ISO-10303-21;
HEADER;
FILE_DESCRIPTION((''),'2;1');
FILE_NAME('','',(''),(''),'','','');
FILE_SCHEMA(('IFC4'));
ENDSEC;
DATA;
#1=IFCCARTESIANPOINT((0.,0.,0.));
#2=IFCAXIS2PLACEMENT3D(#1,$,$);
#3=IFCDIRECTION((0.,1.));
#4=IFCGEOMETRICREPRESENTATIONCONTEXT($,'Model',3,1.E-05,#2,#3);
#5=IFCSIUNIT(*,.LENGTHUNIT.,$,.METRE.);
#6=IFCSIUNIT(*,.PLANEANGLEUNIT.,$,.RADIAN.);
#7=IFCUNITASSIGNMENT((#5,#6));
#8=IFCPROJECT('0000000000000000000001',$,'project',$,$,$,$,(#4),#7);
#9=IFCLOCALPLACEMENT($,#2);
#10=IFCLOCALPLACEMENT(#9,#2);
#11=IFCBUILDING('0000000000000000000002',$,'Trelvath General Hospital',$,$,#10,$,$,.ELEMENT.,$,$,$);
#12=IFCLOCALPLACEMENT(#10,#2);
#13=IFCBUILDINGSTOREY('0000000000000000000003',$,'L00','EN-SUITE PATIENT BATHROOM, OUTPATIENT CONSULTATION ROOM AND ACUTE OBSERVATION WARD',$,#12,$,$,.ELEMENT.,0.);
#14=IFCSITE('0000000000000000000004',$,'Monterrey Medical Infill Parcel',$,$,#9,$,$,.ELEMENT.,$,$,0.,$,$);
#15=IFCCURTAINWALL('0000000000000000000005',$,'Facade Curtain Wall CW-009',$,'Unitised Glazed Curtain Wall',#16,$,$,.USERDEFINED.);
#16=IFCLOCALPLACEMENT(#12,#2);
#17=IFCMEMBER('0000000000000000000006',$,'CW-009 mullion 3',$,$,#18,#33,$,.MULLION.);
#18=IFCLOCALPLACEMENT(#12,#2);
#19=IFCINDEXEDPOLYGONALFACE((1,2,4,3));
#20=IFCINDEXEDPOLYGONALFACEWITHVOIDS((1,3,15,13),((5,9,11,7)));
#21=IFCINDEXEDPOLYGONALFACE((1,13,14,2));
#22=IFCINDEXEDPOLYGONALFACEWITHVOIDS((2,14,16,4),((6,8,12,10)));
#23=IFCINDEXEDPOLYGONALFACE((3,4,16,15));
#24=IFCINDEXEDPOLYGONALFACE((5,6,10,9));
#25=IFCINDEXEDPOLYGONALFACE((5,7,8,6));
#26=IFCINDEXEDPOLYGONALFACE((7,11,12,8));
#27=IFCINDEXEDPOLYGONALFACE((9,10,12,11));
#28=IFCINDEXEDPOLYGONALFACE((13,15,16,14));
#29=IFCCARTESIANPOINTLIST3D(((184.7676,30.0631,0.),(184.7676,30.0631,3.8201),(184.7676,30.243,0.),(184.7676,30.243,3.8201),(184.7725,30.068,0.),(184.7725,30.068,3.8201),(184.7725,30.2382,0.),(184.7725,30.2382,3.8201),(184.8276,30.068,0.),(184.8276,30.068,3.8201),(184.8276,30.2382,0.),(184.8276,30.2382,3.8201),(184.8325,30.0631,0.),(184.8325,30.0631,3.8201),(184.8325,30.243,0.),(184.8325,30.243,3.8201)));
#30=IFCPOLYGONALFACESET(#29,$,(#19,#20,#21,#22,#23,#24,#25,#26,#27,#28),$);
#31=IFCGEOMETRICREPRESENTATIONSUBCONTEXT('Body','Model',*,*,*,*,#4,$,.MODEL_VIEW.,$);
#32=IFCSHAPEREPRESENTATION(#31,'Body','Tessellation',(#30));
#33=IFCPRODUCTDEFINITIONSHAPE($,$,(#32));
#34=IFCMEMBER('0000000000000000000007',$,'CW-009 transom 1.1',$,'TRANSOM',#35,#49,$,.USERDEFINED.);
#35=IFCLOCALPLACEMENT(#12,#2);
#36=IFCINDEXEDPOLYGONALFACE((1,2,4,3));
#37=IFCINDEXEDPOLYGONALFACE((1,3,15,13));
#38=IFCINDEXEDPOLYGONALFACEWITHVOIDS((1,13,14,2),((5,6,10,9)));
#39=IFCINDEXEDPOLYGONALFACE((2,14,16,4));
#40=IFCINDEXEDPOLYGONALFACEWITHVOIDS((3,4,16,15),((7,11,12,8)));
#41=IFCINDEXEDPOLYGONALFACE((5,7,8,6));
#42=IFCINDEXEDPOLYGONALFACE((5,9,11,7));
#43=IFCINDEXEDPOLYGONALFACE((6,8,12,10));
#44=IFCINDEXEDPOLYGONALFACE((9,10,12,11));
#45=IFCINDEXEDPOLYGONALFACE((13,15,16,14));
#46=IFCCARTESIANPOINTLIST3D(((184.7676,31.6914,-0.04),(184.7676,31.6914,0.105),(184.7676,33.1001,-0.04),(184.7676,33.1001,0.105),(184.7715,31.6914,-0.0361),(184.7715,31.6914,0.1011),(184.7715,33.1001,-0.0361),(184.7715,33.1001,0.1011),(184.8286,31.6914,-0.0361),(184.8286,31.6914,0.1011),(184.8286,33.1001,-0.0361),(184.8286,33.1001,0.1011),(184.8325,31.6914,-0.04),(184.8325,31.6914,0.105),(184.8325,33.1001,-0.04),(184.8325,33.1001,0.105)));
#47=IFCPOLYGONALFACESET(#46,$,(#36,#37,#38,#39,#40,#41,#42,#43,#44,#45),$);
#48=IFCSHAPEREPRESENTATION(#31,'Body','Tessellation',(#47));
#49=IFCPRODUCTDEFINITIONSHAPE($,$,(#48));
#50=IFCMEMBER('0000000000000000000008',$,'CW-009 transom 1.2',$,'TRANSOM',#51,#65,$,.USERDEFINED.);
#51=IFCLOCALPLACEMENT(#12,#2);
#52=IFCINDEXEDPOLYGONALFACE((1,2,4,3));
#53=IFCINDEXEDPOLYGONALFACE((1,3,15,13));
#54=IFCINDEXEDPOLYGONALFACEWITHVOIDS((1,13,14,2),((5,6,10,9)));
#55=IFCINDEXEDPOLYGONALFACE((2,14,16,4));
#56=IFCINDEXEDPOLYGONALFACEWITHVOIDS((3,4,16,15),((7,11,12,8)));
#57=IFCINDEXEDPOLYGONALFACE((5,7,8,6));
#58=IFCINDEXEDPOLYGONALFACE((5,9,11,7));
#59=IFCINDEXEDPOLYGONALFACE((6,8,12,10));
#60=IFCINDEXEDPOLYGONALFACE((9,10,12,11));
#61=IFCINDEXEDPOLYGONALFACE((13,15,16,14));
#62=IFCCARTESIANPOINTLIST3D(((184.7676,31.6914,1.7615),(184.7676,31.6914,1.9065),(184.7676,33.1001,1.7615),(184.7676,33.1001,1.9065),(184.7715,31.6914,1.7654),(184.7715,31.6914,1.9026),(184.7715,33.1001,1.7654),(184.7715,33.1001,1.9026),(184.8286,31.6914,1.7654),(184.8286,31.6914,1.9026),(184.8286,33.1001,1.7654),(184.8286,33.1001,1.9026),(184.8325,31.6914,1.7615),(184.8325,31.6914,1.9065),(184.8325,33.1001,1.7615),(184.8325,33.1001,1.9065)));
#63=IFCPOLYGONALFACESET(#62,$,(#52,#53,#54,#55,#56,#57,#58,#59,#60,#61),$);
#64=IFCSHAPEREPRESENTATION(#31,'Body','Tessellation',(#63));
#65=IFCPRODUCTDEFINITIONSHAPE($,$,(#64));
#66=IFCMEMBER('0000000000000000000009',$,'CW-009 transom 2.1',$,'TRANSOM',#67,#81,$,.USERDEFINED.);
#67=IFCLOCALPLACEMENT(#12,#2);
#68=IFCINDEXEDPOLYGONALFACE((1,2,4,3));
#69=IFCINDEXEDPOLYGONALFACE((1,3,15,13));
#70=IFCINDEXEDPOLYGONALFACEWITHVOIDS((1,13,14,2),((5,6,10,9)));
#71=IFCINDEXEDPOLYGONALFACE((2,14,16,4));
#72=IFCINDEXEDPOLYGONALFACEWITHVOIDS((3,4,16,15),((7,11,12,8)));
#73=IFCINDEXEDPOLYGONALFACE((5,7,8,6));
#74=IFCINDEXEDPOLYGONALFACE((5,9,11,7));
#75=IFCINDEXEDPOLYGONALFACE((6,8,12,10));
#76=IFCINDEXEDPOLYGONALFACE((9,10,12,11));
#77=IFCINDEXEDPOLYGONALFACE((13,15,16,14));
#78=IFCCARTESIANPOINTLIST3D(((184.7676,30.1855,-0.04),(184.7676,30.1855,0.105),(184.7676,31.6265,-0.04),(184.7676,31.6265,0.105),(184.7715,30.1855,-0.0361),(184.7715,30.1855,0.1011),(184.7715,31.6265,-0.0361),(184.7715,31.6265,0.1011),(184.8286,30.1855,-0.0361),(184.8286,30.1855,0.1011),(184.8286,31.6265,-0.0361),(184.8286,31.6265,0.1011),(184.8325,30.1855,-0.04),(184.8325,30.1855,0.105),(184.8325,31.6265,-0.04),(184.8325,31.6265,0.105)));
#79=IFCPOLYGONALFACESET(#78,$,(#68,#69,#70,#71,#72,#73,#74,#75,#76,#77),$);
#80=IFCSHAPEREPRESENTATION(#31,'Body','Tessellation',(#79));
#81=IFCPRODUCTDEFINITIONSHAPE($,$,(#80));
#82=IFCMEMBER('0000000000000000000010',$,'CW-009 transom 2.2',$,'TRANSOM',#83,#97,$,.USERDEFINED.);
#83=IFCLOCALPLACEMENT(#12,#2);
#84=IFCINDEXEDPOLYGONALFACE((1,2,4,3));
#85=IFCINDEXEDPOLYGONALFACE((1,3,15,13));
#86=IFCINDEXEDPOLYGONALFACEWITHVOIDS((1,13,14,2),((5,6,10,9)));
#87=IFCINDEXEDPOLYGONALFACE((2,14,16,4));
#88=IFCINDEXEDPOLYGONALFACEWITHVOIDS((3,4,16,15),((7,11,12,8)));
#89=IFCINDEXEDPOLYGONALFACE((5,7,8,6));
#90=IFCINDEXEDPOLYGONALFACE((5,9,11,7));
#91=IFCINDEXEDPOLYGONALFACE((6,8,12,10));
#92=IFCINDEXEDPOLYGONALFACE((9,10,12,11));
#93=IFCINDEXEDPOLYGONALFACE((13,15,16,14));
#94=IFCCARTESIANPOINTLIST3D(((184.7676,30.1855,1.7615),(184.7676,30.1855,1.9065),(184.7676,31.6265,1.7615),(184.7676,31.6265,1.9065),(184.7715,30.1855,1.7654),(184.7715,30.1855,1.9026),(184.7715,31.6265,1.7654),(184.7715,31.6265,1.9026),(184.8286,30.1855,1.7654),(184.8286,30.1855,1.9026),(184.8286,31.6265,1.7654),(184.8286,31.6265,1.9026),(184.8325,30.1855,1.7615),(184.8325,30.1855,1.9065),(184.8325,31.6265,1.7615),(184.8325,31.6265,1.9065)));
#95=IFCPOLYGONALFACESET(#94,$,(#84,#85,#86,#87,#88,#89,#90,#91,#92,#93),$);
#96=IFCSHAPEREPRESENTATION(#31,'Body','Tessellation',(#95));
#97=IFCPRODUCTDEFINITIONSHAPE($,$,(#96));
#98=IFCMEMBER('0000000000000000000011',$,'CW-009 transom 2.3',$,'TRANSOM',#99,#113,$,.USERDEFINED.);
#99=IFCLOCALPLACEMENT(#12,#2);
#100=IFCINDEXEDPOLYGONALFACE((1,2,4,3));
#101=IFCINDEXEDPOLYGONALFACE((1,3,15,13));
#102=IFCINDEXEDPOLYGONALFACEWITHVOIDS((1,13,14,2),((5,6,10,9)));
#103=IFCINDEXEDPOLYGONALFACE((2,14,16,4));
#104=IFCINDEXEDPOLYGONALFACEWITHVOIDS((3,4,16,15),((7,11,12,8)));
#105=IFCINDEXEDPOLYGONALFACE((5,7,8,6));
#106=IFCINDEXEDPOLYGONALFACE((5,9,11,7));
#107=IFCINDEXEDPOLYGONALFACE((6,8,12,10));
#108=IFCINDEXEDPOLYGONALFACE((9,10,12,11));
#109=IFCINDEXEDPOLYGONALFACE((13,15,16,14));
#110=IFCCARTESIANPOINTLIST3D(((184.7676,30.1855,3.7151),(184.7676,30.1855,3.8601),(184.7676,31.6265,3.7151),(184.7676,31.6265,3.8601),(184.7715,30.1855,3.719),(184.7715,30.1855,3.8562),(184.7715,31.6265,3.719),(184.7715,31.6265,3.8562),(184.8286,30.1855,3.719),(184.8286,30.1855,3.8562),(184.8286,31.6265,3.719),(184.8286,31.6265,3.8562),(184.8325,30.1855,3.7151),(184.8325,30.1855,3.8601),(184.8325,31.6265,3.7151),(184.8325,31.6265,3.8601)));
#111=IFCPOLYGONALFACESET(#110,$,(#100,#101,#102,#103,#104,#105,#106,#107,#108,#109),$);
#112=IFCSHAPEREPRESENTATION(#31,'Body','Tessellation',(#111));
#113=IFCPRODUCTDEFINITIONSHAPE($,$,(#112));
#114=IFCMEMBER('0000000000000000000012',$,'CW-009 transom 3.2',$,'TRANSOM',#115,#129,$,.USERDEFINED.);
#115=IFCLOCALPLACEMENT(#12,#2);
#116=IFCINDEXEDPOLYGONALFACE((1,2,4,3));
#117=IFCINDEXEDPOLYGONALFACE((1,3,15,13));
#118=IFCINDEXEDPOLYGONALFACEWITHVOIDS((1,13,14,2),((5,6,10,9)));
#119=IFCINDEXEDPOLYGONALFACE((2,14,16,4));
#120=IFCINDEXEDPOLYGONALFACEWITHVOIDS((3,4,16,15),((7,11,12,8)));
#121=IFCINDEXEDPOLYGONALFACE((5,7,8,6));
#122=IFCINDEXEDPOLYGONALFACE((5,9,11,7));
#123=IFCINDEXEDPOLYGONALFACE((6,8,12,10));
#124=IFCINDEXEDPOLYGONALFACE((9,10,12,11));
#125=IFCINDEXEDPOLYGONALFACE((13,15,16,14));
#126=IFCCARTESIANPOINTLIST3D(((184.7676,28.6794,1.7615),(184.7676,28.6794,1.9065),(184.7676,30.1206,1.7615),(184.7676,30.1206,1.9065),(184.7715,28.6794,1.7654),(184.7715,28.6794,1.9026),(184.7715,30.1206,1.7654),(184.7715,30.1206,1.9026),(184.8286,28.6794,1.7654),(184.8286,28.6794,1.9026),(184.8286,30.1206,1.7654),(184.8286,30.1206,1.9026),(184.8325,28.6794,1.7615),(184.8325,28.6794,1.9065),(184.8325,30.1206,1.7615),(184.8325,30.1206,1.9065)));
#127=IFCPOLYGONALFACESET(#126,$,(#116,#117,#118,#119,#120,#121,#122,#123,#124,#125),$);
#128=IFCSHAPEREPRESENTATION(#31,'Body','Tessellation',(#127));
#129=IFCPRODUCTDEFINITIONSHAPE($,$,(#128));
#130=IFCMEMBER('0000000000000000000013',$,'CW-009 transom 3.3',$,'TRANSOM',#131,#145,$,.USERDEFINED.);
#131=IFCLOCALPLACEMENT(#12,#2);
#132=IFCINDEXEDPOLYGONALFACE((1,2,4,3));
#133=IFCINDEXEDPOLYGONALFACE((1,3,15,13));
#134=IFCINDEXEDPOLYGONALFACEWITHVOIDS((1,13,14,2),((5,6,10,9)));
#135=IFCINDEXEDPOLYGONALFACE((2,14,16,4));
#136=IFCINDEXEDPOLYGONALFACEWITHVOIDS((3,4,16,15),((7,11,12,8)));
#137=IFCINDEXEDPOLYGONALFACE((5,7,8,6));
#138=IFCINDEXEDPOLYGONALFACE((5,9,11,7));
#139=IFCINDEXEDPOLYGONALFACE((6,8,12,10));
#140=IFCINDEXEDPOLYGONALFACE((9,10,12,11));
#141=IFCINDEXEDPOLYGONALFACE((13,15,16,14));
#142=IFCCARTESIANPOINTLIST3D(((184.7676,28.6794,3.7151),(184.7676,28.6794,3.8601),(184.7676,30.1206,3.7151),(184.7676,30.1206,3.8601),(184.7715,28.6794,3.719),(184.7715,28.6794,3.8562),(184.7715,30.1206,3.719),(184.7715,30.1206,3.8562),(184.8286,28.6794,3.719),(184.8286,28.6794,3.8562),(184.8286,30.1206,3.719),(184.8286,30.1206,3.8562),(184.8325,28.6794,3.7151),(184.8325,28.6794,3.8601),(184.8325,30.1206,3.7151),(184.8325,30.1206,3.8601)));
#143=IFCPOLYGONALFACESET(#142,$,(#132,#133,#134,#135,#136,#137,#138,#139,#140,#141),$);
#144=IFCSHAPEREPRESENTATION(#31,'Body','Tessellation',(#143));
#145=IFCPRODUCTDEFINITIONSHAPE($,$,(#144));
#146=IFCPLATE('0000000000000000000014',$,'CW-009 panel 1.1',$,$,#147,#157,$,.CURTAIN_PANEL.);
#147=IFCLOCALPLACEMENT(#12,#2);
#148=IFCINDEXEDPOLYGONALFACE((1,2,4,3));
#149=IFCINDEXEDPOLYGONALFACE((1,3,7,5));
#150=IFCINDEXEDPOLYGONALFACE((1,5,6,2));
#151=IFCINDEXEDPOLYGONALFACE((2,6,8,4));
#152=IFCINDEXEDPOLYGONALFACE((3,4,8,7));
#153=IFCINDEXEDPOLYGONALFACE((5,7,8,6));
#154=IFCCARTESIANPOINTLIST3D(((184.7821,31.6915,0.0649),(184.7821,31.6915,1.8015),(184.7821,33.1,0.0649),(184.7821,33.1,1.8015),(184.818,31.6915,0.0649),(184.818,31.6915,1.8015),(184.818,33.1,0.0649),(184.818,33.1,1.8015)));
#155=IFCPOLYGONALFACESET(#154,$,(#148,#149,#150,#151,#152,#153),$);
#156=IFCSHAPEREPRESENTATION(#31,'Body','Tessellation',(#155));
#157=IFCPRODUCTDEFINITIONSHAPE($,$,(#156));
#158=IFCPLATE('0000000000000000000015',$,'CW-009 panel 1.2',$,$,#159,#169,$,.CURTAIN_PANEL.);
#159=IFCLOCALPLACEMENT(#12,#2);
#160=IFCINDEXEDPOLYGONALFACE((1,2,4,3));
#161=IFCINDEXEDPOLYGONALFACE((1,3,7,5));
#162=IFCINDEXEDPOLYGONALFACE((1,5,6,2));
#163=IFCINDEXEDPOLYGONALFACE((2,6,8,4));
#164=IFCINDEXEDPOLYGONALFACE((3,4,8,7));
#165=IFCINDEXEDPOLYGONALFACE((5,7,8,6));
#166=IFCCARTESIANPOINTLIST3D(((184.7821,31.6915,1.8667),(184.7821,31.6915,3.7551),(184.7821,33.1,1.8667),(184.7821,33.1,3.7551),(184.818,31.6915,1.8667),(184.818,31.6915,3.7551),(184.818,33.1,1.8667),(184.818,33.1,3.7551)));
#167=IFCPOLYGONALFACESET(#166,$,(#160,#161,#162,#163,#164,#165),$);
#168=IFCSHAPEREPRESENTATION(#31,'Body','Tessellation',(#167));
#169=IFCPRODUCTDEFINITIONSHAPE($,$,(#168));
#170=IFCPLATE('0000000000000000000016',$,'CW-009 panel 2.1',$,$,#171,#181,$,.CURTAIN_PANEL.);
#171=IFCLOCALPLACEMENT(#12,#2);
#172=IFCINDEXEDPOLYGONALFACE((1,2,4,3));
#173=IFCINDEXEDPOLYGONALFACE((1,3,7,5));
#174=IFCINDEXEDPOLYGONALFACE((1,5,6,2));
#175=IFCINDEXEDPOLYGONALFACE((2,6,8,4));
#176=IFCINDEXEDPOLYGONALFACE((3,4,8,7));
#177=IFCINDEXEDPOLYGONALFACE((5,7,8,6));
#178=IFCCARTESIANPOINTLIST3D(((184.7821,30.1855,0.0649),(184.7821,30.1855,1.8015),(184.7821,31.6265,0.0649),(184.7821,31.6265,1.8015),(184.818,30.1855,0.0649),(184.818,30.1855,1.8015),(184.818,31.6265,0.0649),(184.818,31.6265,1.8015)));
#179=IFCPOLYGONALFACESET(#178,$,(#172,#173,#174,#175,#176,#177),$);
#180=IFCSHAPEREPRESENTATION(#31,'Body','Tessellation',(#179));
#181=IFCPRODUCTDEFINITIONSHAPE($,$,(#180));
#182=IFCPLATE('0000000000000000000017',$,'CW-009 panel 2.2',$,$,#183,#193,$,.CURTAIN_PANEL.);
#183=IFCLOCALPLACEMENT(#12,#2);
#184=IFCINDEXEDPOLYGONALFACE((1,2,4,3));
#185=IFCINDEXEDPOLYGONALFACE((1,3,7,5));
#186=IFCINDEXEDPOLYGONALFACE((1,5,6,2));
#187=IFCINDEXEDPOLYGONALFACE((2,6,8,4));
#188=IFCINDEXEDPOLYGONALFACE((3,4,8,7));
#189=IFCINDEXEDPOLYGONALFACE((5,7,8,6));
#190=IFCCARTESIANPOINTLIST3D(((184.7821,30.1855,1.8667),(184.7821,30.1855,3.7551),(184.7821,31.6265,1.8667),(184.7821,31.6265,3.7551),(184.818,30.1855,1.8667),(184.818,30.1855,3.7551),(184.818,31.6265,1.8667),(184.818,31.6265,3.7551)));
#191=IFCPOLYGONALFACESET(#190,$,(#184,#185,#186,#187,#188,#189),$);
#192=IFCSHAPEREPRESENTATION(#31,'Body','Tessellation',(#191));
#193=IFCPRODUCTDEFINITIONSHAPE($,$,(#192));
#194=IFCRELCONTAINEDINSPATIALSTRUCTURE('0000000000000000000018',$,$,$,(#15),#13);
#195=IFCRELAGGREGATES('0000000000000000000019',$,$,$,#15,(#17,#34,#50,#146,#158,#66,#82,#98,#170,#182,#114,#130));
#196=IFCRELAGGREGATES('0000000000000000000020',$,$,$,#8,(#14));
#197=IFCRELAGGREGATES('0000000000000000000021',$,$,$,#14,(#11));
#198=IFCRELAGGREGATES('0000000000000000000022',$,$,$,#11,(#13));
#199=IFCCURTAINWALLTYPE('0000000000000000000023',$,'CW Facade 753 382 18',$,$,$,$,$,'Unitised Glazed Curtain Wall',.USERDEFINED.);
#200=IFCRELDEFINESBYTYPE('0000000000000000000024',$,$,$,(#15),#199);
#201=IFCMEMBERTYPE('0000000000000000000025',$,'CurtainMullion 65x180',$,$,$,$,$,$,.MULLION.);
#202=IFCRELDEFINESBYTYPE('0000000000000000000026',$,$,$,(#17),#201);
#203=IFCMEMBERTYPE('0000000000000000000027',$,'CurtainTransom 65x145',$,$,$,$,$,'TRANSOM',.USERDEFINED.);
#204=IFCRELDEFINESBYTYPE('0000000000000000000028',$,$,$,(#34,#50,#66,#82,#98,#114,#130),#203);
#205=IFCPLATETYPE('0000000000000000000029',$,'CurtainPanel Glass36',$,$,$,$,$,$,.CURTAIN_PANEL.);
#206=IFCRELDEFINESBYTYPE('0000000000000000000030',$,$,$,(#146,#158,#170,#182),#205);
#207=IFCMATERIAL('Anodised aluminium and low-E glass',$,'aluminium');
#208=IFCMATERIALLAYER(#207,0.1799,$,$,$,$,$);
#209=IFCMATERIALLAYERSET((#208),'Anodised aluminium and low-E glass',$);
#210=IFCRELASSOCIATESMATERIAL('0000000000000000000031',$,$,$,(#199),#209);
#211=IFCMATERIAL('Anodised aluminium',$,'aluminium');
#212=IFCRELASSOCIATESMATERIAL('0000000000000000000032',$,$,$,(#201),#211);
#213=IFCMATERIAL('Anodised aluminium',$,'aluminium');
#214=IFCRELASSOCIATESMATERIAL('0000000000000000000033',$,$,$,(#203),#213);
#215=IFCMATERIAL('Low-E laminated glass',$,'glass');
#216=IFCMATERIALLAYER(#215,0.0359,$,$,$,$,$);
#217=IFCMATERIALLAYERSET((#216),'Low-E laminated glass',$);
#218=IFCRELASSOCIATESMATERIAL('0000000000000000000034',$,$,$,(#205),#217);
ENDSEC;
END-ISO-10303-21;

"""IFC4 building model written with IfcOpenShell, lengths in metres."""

from ifc_helpers import new_model, si_unit, direction, frame, origin, origin_2d, place, context, subcontext, project, spatial, rectangle, hollow_rectangle, extrude, material, layer, layer_set, material_profile, profile_set, type_object, element, aggregate, save


model = new_model("IFC4")

# Units and contexts
model_context = context("Model", 3, precision=1e-05, world=origin(), true_north=direction((0.0, 1.0)))
body_context = subcontext(model_context, "Body", "Model", "MODEL_VIEW")
ifc_project = project(units=[si_unit("LENGTHUNIT", "METRE"), si_unit("PLANEANGLEUNIT", "RADIAN")], contexts=[model_context])

# Site, building, storey
site_placement = place(None, origin())
site = spatial("IfcSite", under=ifc_project, at=site_placement, Name="Monterrey Medical Infill Parcel", CompositionType="ELEMENT", RefElevation=0.0)
building_placement = place(site_placement, origin())
building = spatial("IfcBuilding", under=site, at=building_placement, Name="Trelvath General Hospital", CompositionType="ELEMENT")
storey_placement = place(building_placement, origin())
storey = spatial("IfcBuildingStorey", under=building, at=storey_placement, Name="L00", Description="EN-SUITE PATIENT BATHROOM, OUTPATIENT CONSULTATION ROOM AND ACUTE OBSERVATION WARD", CompositionType="ELEMENT", Elevation=0.0)

# Curtain wall, members, plates
ifc_material_1 = material(Name="Anodised aluminium and low-E glass", Category="aluminium")
ifc_layer_1 = layer(ifc_material_1, 0.1799)
ifc_layer_set_1 = layer_set([ifc_layer_1], Name="Anodised aluminium and low-E glass")
curtain_wall_type = type_object("IfcCurtainWallType", Name="CW Facade 753 382 18", ElementType="Unitised Glazed Curtain Wall", PredefinedType="USERDEFINED", material=ifc_layer_set_1)
curtain_wall_placement = place(storey_placement, origin())
curtain_wall = element("IfcCurtainWall", 1, at=curtain_wall_placement, inside=storey, type_object=curtain_wall_type, Name="Facade Curtain Wall CW-009", ObjectType="Unitised Glazed Curtain Wall", PredefinedType="USERDEFINED")
ifc_material_2 = material(Name="Anodised aluminium", Category="aluminium")
ifc_material_profile_1 = material_profile(ifc_material_2, hollow_rectangle(XDim=0.0649, YDim=0.1799, WallThickness=0.0049, at=origin_2d()), Name="RHS65x180x5")
ifc_profile_set_1 = profile_set([ifc_material_profile_1], Name="Anodised aluminium")
member_type_1 = type_object("IfcMemberType", Name="CurtainMullion 65x180", PredefinedType="MULLION", material=ifc_profile_set_1)
member_1_placement = place(storey_placement, frame((184.8, 30.1531, 0.0), z_axis=(0.0, 0.0, 1.0), x_axis=(1.0, 0.0, 0.0)))
member_1 = element("IfcMember", 2, at=member_1_placement, type_object=member_type_1, Name="CW-009 mullion 3", PredefinedType="MULLION", context=body_context, shape_type="SweptSolid", body=[
    extrude(hollow_rectangle(XDim=0.0649, YDim=0.1799, WallThickness=0.0049, at=origin_2d()), origin(), (0.0, 0.0, 1.0), 3.8201),
])
ifc_material_3 = material(Name="Anodised aluminium", Category="aluminium")
ifc_material_profile_2 = material_profile(ifc_material_3, hollow_rectangle(XDim=0.0649, YDim=0.145, WallThickness=0.0039, at=origin_2d()), Name="RHS65x145x4")
ifc_profile_set_2 = profile_set([ifc_material_profile_2], Name="Anodised aluminium")
member_type_2 = type_object("IfcMemberType", Name="CurtainTransom 65x145", ElementType="TRANSOM", PredefinedType="USERDEFINED", material=ifc_profile_set_2)
member_2_placement = place(storey_placement, frame((184.8, 33.1001, 0.0325), z_axis=(0.0, -1.0, 0.0), x_axis=(1.0, 0.0, 0.0)))
member_2 = element("IfcMember", 3, at=member_2_placement, type_object=member_type_2, Name="CW-009 transom 1.1", ObjectType="TRANSOM", PredefinedType="USERDEFINED", context=body_context, shape_type="SweptSolid", body=[
    extrude(hollow_rectangle(XDim=0.0649, YDim=0.145, WallThickness=0.0039, at=origin_2d()), origin(), (0.0, 0.0, 1.0), 1.4087),
])
member_3_placement = place(storey_placement, frame((184.8, 33.1001, 1.834), z_axis=(0.0, -1.0, 0.0), x_axis=(1.0, 0.0, 0.0)))
member_3 = element("IfcMember", 4, at=member_3_placement, type_object=member_type_2, Name="CW-009 transom 1.2", ObjectType="TRANSOM", PredefinedType="USERDEFINED", context=body_context, shape_type="SweptSolid", body=[
    extrude(hollow_rectangle(XDim=0.0649, YDim=0.145, WallThickness=0.0039, at=origin_2d()), origin(), (0.0, 0.0, 1.0), 1.4087),
])
member_4_placement = place(storey_placement, frame((184.8, 31.6265, 0.0325), z_axis=(0.0, -1.0, 0.0), x_axis=(1.0, 0.0, 0.0)))
member_4 = element("IfcMember", 5, at=member_4_placement, type_object=member_type_2, Name="CW-009 transom 2.1", ObjectType="TRANSOM", PredefinedType="USERDEFINED", context=body_context, shape_type="SweptSolid", body=[
    extrude(hollow_rectangle(XDim=0.0649, YDim=0.145, WallThickness=0.0039, at=origin_2d()), origin(), (0.0, 0.0, 1.0), 1.4409),
])
member_5_placement = place(storey_placement, frame((184.8, 31.6265, 1.834), z_axis=(0.0, -1.0, 0.0), x_axis=(1.0, 0.0, 0.0)))
member_5 = element("IfcMember", 6, at=member_5_placement, type_object=member_type_2, Name="CW-009 transom 2.2", ObjectType="TRANSOM", PredefinedType="USERDEFINED", context=body_context, shape_type="SweptSolid", body=[
    extrude(hollow_rectangle(XDim=0.0649, YDim=0.145, WallThickness=0.0039, at=origin_2d()), origin(), (0.0, 0.0, 1.0), 1.4409),
])
member_6_placement = place(storey_placement, frame((184.8, 31.6265, 3.7876), z_axis=(0.0, -1.0, 0.0), x_axis=(1.0, 0.0, 0.0)))
member_6 = element("IfcMember", 7, at=member_6_placement, type_object=member_type_2, Name="CW-009 transom 2.3", ObjectType="TRANSOM", PredefinedType="USERDEFINED", context=body_context, shape_type="SweptSolid", body=[
    extrude(hollow_rectangle(XDim=0.0649, YDim=0.145, WallThickness=0.0039, at=origin_2d()), origin(), (0.0, 0.0, 1.0), 1.4409),
])
member_7_placement = place(storey_placement, frame((184.8, 30.1206, 1.834), z_axis=(0.0, -1.0, 0.0), x_axis=(1.0, 0.0, 0.0)))
member_7 = element("IfcMember", 8, at=member_7_placement, type_object=member_type_2, Name="CW-009 transom 3.2", ObjectType="TRANSOM", PredefinedType="USERDEFINED", context=body_context, shape_type="SweptSolid", body=[
    extrude(hollow_rectangle(XDim=0.0649, YDim=0.145, WallThickness=0.0039, at=origin_2d()), origin(), (0.0, 0.0, 1.0), 1.4412),
])
member_8_placement = place(storey_placement, frame((184.8, 30.1206, 3.7876), z_axis=(0.0, -1.0, 0.0), x_axis=(1.0, 0.0, 0.0)))
member_8 = element("IfcMember", 9, at=member_8_placement, type_object=member_type_2, Name="CW-009 transom 3.3", ObjectType="TRANSOM", PredefinedType="USERDEFINED", context=body_context, shape_type="SweptSolid", body=[
    extrude(hollow_rectangle(XDim=0.0649, YDim=0.145, WallThickness=0.0039, at=origin_2d()), origin(), (0.0, 0.0, 1.0), 1.4412),
])
ifc_material_4 = material(Name="Low-E laminated glass", Category="glass")
ifc_layer_2 = layer(ifc_material_4, 0.0359)
ifc_layer_set_2 = layer_set([ifc_layer_2], Name="Low-E laminated glass")
plate_type = type_object("IfcPlateType", Name="CurtainPanel Glass36", PredefinedType="CURTAIN_PANEL", material=ifc_layer_set_2)
plate_1_placement = place(storey_placement, frame((184.8, 32.3958, 0.0649), z_axis=(0.0, 0.0, 1.0), x_axis=(0.0, -1.0, 0.0)))
plate_1 = element("IfcPlate", 10, at=plate_1_placement, type_object=plate_type, Name="CW-009 panel 1.1", PredefinedType="CURTAIN_PANEL", context=body_context, shape_type="SweptSolid", body=[
    extrude(rectangle(XDim=1.4084, YDim=0.0359, at=origin_2d()), origin(), (0.0, 0.0, 1.0), 1.7366),
])
plate_2_placement = place(storey_placement, frame((184.8, 32.3958, 1.8667), z_axis=(0.0, 0.0, 1.0), x_axis=(0.0, -1.0, 0.0)))
plate_2 = element("IfcPlate", 11, at=plate_2_placement, type_object=plate_type, Name="CW-009 panel 1.2", PredefinedType="CURTAIN_PANEL", context=body_context, shape_type="SweptSolid", body=[
    extrude(rectangle(XDim=1.4084, YDim=0.0359, at=origin_2d()), origin(), (0.0, 0.0, 1.0), 1.8884),
])
plate_3_placement = place(storey_placement, frame((184.8, 30.906, 0.0649), z_axis=(0.0, 0.0, 1.0), x_axis=(0.0, -1.0, 0.0)))
plate_3 = element("IfcPlate", 12, at=plate_3_placement, type_object=plate_type, Name="CW-009 panel 2.1", PredefinedType="CURTAIN_PANEL", context=body_context, shape_type="SweptSolid", body=[
    extrude(rectangle(XDim=1.4409, YDim=0.0359, at=origin_2d()), origin(), (0.0, 0.0, 1.0), 1.7366),
])
plate_4_placement = place(storey_placement, frame((184.8, 30.906, 1.8667), z_axis=(0.0, 0.0, 1.0), x_axis=(0.0, -1.0, 0.0)))
plate_4 = element("IfcPlate", 13, at=plate_4_placement, type_object=plate_type, Name="CW-009 panel 2.2", PredefinedType="CURTAIN_PANEL", context=body_context, shape_type="SweptSolid", body=[
    extrude(rectangle(XDim=1.4409, YDim=0.0359, at=origin_2d()), origin(), (0.0, 0.0, 1.0), 1.8884),
])
aggregate(curtain_wall, [member_1, member_2, member_3, plate_1, plate_2, member_4, member_5, member_6, plate_3, plate_4, member_7, member_8])

save(model, "model.ifc")
